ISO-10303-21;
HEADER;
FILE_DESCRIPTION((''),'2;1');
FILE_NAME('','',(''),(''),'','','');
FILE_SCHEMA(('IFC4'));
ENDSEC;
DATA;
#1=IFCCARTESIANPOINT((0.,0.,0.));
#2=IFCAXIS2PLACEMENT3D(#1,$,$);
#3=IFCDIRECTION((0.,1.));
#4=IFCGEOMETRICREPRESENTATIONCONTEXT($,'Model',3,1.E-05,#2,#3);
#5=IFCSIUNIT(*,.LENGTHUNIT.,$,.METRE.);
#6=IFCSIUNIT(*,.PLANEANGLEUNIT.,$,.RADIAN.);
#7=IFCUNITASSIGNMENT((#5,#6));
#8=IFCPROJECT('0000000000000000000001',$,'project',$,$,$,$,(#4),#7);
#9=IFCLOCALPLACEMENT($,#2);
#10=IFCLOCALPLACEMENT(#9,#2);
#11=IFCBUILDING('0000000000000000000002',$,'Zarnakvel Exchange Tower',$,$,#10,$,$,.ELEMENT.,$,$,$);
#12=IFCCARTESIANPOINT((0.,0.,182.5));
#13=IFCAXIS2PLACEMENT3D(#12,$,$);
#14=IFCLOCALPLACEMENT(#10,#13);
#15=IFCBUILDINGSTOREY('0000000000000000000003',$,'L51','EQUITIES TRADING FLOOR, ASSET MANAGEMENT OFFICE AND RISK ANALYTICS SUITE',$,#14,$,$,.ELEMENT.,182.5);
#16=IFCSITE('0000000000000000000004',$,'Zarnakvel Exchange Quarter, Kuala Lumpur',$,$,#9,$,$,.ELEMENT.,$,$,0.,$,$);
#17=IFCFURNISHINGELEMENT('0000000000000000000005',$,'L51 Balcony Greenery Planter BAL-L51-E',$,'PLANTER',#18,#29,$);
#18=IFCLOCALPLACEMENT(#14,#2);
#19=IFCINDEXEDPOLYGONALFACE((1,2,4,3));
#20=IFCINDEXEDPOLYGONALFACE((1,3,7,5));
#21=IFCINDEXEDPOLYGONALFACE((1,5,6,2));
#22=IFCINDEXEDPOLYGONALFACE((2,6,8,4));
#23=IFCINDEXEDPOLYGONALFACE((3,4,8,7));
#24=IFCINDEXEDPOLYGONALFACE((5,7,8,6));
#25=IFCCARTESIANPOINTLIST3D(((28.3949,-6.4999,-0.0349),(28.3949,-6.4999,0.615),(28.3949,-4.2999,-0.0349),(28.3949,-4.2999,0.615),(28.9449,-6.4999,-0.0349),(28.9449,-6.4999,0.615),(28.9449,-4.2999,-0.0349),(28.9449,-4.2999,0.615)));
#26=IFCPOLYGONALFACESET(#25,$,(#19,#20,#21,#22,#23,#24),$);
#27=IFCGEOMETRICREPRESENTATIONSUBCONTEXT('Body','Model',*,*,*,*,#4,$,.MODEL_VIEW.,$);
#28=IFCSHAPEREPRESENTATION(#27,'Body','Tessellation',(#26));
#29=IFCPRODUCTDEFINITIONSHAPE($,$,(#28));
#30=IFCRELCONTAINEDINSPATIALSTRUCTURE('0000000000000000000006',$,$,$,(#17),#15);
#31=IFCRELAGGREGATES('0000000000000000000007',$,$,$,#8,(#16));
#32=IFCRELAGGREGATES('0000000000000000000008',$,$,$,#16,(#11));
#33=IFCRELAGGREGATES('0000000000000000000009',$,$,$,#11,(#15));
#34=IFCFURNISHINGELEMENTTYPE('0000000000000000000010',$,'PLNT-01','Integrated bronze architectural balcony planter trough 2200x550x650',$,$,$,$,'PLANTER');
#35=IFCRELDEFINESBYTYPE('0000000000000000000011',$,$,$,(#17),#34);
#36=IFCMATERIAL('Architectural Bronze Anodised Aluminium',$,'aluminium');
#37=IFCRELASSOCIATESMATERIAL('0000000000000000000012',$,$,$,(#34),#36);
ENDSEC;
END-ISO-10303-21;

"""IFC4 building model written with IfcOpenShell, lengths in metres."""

from ifc_helpers import new_model, si_unit, direction, frame, origin, origin_2d, place, context, subcontext, project, spatial, rectangle, extrude, source, transform, mapped, material, type_object, element, save


model = new_model("IFC4")

# Units and contexts
model_context = context("Model", 3, precision=1e-05, world=origin(), true_north=direction((0.0, 1.0)))
body_context = subcontext(model_context, "Body", "Model", "MODEL_VIEW")
ifc_project = project(units=[si_unit("LENGTHUNIT", "METRE"), si_unit("PLANEANGLEUNIT", "RADIAN")], contexts=[model_context])

# Site, building, storey
site_placement = place(None, origin())
site = spatial("IfcSite", under=ifc_project, at=site_placement, Name="Zarnakvel Exchange Quarter, Kuala Lumpur", CompositionType="ELEMENT", RefElevation=0.0)
building_placement = place(site_placement, origin())
building = spatial("IfcBuilding", under=site, at=building_placement, Name="Zarnakvel Exchange Tower", CompositionType="ELEMENT")
storey_placement = place(building_placement, frame((0.0, 0.0, 182.5)))
storey = spatial("IfcBuildingStorey", under=building, at=storey_placement, Name="L51", Description="EQUITIES TRADING FLOOR, ASSET MANAGEMENT OFFICE AND RISK ANALYTICS SUITE", CompositionType="ELEMENT", Elevation=182.5)

# Shared definitions
ifc_material_1 = material(Name="Architectural Bronze Anodised Aluminium", Category="aluminium")

# Furnishing element
furnishing_element_type = type_object("IfcFurnishingElementType", Name="PLNT-01", Description="Integrated bronze architectural balcony planter trough 2200x550x650", ElementType="PLANTER", material=ifc_material_1)
shared_shape_1 = source(origin(), body_context, "Body", "SweptSolid", [
    extrude(rectangle(XDim=2.2, YDim=0.55, at=origin_2d()), origin(), (0.0, 0.0, 1.0), 0.6499),
])
furnishing_placement = place(storey_placement, frame((28.6699, -5.3999, -0.0349), z_axis=(0.0, 0.0, 1.0), x_axis=(0.0, 1.0, 0.0)))
element("IfcFurnishingElement", 1, at=furnishing_placement, inside=storey, type_object=furnishing_element_type, Name="L51 Balcony Greenery Planter BAL-L51-E", ObjectType="PLANTER", context=body_context, shape_type="MappedRepresentation", body=[
    mapped(shared_shape_1, transform((0.0, 0.0, 0.0), x_axis=(1.0, 0.0, 0.0), y_axis=(0.0, 1.0, 0.0), z_axis=(0.0, 0.0, 1.0), scale=1.0)),
])

save(model, "model.ifc")
